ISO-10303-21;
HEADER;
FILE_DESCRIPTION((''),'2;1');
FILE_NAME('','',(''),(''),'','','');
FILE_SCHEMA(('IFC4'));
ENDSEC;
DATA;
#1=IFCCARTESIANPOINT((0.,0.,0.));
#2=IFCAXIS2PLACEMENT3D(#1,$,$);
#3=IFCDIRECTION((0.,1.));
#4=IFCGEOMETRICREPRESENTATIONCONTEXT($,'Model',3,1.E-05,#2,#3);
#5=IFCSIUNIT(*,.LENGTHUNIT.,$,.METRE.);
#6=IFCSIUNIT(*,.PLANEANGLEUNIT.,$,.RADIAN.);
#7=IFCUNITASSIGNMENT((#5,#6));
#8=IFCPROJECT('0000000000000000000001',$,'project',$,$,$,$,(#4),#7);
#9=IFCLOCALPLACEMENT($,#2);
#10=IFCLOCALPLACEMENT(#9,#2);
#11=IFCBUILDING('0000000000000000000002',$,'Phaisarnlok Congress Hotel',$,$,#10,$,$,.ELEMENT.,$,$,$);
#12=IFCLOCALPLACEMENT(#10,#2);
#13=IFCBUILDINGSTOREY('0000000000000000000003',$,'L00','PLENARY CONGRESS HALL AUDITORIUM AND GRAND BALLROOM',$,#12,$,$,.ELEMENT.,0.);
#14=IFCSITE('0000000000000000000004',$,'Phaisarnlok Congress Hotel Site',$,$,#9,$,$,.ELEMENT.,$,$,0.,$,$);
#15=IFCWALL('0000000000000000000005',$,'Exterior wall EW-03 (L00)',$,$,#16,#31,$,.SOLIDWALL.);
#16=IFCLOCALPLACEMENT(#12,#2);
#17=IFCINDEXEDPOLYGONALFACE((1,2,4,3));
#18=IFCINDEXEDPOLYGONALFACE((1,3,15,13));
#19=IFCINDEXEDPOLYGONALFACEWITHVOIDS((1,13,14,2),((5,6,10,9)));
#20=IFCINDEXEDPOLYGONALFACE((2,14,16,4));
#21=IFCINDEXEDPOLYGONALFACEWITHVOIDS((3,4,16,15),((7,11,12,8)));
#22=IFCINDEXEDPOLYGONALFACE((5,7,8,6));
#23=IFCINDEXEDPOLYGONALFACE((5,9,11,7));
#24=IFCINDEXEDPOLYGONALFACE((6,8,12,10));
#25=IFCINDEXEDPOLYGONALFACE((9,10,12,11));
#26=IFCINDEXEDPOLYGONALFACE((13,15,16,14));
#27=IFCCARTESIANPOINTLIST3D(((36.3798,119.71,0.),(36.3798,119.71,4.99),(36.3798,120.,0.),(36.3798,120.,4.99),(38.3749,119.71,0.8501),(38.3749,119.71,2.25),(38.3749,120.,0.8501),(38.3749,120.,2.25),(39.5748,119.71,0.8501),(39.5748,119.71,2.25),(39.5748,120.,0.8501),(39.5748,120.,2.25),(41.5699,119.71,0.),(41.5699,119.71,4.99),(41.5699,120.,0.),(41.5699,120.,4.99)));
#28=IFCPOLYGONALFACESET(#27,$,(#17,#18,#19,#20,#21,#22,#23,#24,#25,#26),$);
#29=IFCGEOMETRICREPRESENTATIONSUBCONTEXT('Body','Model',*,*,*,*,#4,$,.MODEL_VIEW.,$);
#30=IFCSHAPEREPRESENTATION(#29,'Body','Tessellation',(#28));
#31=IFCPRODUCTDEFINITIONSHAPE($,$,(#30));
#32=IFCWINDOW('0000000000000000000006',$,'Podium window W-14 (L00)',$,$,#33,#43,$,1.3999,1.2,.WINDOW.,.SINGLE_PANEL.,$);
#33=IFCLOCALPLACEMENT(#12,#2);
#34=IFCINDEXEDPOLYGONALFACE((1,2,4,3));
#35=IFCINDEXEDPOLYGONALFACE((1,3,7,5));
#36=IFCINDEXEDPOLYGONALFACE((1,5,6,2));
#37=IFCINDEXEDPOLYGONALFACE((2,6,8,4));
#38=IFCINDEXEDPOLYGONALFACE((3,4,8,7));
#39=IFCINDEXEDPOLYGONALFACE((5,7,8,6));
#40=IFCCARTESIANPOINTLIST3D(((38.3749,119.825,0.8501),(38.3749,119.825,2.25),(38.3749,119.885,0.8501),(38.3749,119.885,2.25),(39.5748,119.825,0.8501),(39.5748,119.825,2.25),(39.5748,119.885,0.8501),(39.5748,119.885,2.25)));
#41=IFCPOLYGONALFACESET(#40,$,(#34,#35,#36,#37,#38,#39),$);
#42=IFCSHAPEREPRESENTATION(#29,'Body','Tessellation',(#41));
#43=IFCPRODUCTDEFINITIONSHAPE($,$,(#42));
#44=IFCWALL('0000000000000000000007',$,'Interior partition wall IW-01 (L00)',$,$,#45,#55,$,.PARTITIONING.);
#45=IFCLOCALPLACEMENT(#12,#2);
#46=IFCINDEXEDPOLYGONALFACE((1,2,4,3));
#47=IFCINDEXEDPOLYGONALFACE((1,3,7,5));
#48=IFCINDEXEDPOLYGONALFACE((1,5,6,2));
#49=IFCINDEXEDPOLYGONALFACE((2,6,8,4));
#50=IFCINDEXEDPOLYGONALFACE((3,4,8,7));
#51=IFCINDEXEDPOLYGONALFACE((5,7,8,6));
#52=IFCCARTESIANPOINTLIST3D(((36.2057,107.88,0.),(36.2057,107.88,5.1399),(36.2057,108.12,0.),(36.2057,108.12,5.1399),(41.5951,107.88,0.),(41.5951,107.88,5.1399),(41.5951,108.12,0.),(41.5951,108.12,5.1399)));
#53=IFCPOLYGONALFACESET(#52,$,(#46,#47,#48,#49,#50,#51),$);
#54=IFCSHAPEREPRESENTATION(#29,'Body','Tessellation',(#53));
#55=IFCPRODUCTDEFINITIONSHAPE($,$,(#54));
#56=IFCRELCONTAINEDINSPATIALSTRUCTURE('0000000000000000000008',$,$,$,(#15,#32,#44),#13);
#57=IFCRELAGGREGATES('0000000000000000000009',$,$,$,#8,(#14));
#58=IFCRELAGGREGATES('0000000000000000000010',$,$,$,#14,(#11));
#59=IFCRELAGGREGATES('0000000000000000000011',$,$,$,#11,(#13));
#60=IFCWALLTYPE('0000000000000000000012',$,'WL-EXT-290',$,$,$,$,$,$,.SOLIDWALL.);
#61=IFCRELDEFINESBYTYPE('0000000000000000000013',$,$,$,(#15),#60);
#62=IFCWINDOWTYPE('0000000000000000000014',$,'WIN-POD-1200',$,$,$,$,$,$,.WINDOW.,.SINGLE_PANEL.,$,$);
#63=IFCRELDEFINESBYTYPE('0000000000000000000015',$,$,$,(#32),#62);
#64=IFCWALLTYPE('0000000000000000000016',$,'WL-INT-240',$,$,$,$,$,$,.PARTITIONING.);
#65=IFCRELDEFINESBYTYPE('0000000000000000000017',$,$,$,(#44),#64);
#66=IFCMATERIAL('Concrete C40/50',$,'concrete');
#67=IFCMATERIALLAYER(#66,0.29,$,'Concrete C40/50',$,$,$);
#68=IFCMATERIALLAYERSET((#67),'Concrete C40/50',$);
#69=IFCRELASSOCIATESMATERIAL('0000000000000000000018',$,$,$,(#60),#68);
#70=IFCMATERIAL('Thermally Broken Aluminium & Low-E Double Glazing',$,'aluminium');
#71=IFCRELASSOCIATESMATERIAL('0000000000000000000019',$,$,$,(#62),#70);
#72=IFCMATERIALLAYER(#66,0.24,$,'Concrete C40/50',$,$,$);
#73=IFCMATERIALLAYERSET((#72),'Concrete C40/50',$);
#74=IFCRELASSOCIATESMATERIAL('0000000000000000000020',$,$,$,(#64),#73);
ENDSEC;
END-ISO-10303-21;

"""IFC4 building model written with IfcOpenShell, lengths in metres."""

from ifc_helpers import new_model, si_unit, direction, frame, frame_2d, origin, place, context, subcontext, project, spatial, rectangle, extrude, material, layer, layer_set, type_object, element, fill, save


model = new_model("IFC4")

# Units and contexts
model_context = context("Model", 3, precision=1e-05, world=origin(), true_north=direction((0.0, 1.0)))
body_context = subcontext(model_context, "Body", "Model", "MODEL_VIEW")
ifc_project = project(units=[si_unit("LENGTHUNIT", "METRE"), si_unit("PLANEANGLEUNIT", "RADIAN")], contexts=[model_context])

# Site, building, storey
site_placement = place(None, origin())
site = spatial("IfcSite", under=ifc_project, at=site_placement, Name="Phaisarnlok Congress Hotel Site", CompositionType="ELEMENT", RefElevation=0.0)
building_placement = place(site_placement, origin())
building = spatial("IfcBuilding", under=site, at=building_placement, Name="Phaisarnlok Congress Hotel", CompositionType="ELEMENT")
storey_placement = place(building_placement, origin())
storey = spatial("IfcBuildingStorey", under=building, at=storey_placement, Name="L00", Description="PLENARY CONGRESS HALL AUDITORIUM AND GRAND BALLROOM", CompositionType="ELEMENT", Elevation=0.0)

# Shared definitions
ifc_material_1 = material(Name="Concrete C40/50", Category="concrete")

# Shared definitions
ifc_layer_1 = layer(ifc_material_1, 0.29, Name="Concrete C40/50")
ifc_layer_set_1 = layer_set([ifc_layer_1], Name="Concrete C40/50")
wall_type_1 = type_object("IfcWallType", Name="WL-EXT-290", PredefinedType="SOLIDWALL", material=ifc_layer_set_1)
ifc_material_2 = material(Name="Thermally Broken Aluminium & Low-E Double Glazing", Category="aluminium")

# Wall, opening, window
wall_1_placement = place(storey_placement, frame((41.5701, 119.855, 0.0), z_axis=(0.0, 0.0, 1.0), x_axis=(-1.0, 0.0, 0.0)))
wall_1 = element("IfcWall", 1, at=wall_1_placement, inside=storey, type_object=wall_type_1, Name="Exterior wall EW-03 (L00)", PredefinedType="SOLIDWALL", context=body_context, shape_type="SweptSolid", body=[
    extrude(rectangle(XDim=5.1902, YDim=0.29, at=frame_2d((2.5952, 0.0))), origin(), (0.0, 0.0, 1.0), 4.99),
])
opening_1_placement = place(wall_1_placement, frame((1.9951, 0.0, 0.8501)))
opening_1 = element("IfcOpeningElement", 2, at=opening_1_placement, cuts=wall_1, PredefinedType="OPENING", context=body_context, shape_type="SweptSolid", body=[
    extrude(rectangle(XDim=1.2, YDim=1.3999, at=frame_2d((0.6001, 0.7))), frame((0.0, 0.155, 0.0), z_axis=(0.0, -1.0, 0.0), x_axis=(1.0, 0.0, 0.0)), (0.0, 0.0, 1.0), 0.3101),
])
window_type_1 = type_object("IfcWindowType", Name="WIN-POD-1200", PartitioningType="SINGLE_PANEL", PredefinedType="WINDOW", material=ifc_material_2)
window_1_placement = place(opening_1_placement, origin())
window_1 = element("IfcWindow", 3, at=window_1_placement, inside=storey, type_object=window_type_1, Name="Podium window W-14 (L00)", OverallHeight=1.3999, OverallWidth=1.2, PartitioningType="SINGLE_PANEL", PredefinedType="WINDOW", context=body_context, shape_type="SweptSolid", body=[
    extrude(rectangle(XDim=1.2, YDim=1.3999, at=frame_2d((0.6001, 0.7))), frame((0.0, 0.03, 0.0), z_axis=(0.0, -1.0, 0.0), x_axis=(1.0, 0.0, 0.0)), (0.0, 0.0, 1.0), 0.0601),
])
fill(opening_1, window_1)

# Wall
ifc_layer_2 = layer(ifc_material_1, 0.24, Name="Concrete C40/50")
ifc_layer_set_2 = layer_set([ifc_layer_2], Name="Concrete C40/50")
wall_type_2 = type_object("IfcWallType", Name="WL-INT-240", PredefinedType="PARTITIONING", material=ifc_layer_set_2)
wall_2_placement = place(storey_placement, frame((36.2056, 108.0, 0.0), z_axis=(0.0, 0.0, 1.0), x_axis=(1.0, 0.0, 0.0)))
element("IfcWall", 4, at=wall_2_placement, inside=storey, type_object=wall_type_2, Name="Interior partition wall IW-01 (L00)", PredefinedType="PARTITIONING", context=body_context, shape_type="SweptSolid", body=[
    extrude(rectangle(XDim=5.3894, YDim=0.24, at=frame_2d((2.6948, 0.0))), origin(), (0.0, 0.0, 1.0), 5.1399),
])

save(model, "model.ifc")
